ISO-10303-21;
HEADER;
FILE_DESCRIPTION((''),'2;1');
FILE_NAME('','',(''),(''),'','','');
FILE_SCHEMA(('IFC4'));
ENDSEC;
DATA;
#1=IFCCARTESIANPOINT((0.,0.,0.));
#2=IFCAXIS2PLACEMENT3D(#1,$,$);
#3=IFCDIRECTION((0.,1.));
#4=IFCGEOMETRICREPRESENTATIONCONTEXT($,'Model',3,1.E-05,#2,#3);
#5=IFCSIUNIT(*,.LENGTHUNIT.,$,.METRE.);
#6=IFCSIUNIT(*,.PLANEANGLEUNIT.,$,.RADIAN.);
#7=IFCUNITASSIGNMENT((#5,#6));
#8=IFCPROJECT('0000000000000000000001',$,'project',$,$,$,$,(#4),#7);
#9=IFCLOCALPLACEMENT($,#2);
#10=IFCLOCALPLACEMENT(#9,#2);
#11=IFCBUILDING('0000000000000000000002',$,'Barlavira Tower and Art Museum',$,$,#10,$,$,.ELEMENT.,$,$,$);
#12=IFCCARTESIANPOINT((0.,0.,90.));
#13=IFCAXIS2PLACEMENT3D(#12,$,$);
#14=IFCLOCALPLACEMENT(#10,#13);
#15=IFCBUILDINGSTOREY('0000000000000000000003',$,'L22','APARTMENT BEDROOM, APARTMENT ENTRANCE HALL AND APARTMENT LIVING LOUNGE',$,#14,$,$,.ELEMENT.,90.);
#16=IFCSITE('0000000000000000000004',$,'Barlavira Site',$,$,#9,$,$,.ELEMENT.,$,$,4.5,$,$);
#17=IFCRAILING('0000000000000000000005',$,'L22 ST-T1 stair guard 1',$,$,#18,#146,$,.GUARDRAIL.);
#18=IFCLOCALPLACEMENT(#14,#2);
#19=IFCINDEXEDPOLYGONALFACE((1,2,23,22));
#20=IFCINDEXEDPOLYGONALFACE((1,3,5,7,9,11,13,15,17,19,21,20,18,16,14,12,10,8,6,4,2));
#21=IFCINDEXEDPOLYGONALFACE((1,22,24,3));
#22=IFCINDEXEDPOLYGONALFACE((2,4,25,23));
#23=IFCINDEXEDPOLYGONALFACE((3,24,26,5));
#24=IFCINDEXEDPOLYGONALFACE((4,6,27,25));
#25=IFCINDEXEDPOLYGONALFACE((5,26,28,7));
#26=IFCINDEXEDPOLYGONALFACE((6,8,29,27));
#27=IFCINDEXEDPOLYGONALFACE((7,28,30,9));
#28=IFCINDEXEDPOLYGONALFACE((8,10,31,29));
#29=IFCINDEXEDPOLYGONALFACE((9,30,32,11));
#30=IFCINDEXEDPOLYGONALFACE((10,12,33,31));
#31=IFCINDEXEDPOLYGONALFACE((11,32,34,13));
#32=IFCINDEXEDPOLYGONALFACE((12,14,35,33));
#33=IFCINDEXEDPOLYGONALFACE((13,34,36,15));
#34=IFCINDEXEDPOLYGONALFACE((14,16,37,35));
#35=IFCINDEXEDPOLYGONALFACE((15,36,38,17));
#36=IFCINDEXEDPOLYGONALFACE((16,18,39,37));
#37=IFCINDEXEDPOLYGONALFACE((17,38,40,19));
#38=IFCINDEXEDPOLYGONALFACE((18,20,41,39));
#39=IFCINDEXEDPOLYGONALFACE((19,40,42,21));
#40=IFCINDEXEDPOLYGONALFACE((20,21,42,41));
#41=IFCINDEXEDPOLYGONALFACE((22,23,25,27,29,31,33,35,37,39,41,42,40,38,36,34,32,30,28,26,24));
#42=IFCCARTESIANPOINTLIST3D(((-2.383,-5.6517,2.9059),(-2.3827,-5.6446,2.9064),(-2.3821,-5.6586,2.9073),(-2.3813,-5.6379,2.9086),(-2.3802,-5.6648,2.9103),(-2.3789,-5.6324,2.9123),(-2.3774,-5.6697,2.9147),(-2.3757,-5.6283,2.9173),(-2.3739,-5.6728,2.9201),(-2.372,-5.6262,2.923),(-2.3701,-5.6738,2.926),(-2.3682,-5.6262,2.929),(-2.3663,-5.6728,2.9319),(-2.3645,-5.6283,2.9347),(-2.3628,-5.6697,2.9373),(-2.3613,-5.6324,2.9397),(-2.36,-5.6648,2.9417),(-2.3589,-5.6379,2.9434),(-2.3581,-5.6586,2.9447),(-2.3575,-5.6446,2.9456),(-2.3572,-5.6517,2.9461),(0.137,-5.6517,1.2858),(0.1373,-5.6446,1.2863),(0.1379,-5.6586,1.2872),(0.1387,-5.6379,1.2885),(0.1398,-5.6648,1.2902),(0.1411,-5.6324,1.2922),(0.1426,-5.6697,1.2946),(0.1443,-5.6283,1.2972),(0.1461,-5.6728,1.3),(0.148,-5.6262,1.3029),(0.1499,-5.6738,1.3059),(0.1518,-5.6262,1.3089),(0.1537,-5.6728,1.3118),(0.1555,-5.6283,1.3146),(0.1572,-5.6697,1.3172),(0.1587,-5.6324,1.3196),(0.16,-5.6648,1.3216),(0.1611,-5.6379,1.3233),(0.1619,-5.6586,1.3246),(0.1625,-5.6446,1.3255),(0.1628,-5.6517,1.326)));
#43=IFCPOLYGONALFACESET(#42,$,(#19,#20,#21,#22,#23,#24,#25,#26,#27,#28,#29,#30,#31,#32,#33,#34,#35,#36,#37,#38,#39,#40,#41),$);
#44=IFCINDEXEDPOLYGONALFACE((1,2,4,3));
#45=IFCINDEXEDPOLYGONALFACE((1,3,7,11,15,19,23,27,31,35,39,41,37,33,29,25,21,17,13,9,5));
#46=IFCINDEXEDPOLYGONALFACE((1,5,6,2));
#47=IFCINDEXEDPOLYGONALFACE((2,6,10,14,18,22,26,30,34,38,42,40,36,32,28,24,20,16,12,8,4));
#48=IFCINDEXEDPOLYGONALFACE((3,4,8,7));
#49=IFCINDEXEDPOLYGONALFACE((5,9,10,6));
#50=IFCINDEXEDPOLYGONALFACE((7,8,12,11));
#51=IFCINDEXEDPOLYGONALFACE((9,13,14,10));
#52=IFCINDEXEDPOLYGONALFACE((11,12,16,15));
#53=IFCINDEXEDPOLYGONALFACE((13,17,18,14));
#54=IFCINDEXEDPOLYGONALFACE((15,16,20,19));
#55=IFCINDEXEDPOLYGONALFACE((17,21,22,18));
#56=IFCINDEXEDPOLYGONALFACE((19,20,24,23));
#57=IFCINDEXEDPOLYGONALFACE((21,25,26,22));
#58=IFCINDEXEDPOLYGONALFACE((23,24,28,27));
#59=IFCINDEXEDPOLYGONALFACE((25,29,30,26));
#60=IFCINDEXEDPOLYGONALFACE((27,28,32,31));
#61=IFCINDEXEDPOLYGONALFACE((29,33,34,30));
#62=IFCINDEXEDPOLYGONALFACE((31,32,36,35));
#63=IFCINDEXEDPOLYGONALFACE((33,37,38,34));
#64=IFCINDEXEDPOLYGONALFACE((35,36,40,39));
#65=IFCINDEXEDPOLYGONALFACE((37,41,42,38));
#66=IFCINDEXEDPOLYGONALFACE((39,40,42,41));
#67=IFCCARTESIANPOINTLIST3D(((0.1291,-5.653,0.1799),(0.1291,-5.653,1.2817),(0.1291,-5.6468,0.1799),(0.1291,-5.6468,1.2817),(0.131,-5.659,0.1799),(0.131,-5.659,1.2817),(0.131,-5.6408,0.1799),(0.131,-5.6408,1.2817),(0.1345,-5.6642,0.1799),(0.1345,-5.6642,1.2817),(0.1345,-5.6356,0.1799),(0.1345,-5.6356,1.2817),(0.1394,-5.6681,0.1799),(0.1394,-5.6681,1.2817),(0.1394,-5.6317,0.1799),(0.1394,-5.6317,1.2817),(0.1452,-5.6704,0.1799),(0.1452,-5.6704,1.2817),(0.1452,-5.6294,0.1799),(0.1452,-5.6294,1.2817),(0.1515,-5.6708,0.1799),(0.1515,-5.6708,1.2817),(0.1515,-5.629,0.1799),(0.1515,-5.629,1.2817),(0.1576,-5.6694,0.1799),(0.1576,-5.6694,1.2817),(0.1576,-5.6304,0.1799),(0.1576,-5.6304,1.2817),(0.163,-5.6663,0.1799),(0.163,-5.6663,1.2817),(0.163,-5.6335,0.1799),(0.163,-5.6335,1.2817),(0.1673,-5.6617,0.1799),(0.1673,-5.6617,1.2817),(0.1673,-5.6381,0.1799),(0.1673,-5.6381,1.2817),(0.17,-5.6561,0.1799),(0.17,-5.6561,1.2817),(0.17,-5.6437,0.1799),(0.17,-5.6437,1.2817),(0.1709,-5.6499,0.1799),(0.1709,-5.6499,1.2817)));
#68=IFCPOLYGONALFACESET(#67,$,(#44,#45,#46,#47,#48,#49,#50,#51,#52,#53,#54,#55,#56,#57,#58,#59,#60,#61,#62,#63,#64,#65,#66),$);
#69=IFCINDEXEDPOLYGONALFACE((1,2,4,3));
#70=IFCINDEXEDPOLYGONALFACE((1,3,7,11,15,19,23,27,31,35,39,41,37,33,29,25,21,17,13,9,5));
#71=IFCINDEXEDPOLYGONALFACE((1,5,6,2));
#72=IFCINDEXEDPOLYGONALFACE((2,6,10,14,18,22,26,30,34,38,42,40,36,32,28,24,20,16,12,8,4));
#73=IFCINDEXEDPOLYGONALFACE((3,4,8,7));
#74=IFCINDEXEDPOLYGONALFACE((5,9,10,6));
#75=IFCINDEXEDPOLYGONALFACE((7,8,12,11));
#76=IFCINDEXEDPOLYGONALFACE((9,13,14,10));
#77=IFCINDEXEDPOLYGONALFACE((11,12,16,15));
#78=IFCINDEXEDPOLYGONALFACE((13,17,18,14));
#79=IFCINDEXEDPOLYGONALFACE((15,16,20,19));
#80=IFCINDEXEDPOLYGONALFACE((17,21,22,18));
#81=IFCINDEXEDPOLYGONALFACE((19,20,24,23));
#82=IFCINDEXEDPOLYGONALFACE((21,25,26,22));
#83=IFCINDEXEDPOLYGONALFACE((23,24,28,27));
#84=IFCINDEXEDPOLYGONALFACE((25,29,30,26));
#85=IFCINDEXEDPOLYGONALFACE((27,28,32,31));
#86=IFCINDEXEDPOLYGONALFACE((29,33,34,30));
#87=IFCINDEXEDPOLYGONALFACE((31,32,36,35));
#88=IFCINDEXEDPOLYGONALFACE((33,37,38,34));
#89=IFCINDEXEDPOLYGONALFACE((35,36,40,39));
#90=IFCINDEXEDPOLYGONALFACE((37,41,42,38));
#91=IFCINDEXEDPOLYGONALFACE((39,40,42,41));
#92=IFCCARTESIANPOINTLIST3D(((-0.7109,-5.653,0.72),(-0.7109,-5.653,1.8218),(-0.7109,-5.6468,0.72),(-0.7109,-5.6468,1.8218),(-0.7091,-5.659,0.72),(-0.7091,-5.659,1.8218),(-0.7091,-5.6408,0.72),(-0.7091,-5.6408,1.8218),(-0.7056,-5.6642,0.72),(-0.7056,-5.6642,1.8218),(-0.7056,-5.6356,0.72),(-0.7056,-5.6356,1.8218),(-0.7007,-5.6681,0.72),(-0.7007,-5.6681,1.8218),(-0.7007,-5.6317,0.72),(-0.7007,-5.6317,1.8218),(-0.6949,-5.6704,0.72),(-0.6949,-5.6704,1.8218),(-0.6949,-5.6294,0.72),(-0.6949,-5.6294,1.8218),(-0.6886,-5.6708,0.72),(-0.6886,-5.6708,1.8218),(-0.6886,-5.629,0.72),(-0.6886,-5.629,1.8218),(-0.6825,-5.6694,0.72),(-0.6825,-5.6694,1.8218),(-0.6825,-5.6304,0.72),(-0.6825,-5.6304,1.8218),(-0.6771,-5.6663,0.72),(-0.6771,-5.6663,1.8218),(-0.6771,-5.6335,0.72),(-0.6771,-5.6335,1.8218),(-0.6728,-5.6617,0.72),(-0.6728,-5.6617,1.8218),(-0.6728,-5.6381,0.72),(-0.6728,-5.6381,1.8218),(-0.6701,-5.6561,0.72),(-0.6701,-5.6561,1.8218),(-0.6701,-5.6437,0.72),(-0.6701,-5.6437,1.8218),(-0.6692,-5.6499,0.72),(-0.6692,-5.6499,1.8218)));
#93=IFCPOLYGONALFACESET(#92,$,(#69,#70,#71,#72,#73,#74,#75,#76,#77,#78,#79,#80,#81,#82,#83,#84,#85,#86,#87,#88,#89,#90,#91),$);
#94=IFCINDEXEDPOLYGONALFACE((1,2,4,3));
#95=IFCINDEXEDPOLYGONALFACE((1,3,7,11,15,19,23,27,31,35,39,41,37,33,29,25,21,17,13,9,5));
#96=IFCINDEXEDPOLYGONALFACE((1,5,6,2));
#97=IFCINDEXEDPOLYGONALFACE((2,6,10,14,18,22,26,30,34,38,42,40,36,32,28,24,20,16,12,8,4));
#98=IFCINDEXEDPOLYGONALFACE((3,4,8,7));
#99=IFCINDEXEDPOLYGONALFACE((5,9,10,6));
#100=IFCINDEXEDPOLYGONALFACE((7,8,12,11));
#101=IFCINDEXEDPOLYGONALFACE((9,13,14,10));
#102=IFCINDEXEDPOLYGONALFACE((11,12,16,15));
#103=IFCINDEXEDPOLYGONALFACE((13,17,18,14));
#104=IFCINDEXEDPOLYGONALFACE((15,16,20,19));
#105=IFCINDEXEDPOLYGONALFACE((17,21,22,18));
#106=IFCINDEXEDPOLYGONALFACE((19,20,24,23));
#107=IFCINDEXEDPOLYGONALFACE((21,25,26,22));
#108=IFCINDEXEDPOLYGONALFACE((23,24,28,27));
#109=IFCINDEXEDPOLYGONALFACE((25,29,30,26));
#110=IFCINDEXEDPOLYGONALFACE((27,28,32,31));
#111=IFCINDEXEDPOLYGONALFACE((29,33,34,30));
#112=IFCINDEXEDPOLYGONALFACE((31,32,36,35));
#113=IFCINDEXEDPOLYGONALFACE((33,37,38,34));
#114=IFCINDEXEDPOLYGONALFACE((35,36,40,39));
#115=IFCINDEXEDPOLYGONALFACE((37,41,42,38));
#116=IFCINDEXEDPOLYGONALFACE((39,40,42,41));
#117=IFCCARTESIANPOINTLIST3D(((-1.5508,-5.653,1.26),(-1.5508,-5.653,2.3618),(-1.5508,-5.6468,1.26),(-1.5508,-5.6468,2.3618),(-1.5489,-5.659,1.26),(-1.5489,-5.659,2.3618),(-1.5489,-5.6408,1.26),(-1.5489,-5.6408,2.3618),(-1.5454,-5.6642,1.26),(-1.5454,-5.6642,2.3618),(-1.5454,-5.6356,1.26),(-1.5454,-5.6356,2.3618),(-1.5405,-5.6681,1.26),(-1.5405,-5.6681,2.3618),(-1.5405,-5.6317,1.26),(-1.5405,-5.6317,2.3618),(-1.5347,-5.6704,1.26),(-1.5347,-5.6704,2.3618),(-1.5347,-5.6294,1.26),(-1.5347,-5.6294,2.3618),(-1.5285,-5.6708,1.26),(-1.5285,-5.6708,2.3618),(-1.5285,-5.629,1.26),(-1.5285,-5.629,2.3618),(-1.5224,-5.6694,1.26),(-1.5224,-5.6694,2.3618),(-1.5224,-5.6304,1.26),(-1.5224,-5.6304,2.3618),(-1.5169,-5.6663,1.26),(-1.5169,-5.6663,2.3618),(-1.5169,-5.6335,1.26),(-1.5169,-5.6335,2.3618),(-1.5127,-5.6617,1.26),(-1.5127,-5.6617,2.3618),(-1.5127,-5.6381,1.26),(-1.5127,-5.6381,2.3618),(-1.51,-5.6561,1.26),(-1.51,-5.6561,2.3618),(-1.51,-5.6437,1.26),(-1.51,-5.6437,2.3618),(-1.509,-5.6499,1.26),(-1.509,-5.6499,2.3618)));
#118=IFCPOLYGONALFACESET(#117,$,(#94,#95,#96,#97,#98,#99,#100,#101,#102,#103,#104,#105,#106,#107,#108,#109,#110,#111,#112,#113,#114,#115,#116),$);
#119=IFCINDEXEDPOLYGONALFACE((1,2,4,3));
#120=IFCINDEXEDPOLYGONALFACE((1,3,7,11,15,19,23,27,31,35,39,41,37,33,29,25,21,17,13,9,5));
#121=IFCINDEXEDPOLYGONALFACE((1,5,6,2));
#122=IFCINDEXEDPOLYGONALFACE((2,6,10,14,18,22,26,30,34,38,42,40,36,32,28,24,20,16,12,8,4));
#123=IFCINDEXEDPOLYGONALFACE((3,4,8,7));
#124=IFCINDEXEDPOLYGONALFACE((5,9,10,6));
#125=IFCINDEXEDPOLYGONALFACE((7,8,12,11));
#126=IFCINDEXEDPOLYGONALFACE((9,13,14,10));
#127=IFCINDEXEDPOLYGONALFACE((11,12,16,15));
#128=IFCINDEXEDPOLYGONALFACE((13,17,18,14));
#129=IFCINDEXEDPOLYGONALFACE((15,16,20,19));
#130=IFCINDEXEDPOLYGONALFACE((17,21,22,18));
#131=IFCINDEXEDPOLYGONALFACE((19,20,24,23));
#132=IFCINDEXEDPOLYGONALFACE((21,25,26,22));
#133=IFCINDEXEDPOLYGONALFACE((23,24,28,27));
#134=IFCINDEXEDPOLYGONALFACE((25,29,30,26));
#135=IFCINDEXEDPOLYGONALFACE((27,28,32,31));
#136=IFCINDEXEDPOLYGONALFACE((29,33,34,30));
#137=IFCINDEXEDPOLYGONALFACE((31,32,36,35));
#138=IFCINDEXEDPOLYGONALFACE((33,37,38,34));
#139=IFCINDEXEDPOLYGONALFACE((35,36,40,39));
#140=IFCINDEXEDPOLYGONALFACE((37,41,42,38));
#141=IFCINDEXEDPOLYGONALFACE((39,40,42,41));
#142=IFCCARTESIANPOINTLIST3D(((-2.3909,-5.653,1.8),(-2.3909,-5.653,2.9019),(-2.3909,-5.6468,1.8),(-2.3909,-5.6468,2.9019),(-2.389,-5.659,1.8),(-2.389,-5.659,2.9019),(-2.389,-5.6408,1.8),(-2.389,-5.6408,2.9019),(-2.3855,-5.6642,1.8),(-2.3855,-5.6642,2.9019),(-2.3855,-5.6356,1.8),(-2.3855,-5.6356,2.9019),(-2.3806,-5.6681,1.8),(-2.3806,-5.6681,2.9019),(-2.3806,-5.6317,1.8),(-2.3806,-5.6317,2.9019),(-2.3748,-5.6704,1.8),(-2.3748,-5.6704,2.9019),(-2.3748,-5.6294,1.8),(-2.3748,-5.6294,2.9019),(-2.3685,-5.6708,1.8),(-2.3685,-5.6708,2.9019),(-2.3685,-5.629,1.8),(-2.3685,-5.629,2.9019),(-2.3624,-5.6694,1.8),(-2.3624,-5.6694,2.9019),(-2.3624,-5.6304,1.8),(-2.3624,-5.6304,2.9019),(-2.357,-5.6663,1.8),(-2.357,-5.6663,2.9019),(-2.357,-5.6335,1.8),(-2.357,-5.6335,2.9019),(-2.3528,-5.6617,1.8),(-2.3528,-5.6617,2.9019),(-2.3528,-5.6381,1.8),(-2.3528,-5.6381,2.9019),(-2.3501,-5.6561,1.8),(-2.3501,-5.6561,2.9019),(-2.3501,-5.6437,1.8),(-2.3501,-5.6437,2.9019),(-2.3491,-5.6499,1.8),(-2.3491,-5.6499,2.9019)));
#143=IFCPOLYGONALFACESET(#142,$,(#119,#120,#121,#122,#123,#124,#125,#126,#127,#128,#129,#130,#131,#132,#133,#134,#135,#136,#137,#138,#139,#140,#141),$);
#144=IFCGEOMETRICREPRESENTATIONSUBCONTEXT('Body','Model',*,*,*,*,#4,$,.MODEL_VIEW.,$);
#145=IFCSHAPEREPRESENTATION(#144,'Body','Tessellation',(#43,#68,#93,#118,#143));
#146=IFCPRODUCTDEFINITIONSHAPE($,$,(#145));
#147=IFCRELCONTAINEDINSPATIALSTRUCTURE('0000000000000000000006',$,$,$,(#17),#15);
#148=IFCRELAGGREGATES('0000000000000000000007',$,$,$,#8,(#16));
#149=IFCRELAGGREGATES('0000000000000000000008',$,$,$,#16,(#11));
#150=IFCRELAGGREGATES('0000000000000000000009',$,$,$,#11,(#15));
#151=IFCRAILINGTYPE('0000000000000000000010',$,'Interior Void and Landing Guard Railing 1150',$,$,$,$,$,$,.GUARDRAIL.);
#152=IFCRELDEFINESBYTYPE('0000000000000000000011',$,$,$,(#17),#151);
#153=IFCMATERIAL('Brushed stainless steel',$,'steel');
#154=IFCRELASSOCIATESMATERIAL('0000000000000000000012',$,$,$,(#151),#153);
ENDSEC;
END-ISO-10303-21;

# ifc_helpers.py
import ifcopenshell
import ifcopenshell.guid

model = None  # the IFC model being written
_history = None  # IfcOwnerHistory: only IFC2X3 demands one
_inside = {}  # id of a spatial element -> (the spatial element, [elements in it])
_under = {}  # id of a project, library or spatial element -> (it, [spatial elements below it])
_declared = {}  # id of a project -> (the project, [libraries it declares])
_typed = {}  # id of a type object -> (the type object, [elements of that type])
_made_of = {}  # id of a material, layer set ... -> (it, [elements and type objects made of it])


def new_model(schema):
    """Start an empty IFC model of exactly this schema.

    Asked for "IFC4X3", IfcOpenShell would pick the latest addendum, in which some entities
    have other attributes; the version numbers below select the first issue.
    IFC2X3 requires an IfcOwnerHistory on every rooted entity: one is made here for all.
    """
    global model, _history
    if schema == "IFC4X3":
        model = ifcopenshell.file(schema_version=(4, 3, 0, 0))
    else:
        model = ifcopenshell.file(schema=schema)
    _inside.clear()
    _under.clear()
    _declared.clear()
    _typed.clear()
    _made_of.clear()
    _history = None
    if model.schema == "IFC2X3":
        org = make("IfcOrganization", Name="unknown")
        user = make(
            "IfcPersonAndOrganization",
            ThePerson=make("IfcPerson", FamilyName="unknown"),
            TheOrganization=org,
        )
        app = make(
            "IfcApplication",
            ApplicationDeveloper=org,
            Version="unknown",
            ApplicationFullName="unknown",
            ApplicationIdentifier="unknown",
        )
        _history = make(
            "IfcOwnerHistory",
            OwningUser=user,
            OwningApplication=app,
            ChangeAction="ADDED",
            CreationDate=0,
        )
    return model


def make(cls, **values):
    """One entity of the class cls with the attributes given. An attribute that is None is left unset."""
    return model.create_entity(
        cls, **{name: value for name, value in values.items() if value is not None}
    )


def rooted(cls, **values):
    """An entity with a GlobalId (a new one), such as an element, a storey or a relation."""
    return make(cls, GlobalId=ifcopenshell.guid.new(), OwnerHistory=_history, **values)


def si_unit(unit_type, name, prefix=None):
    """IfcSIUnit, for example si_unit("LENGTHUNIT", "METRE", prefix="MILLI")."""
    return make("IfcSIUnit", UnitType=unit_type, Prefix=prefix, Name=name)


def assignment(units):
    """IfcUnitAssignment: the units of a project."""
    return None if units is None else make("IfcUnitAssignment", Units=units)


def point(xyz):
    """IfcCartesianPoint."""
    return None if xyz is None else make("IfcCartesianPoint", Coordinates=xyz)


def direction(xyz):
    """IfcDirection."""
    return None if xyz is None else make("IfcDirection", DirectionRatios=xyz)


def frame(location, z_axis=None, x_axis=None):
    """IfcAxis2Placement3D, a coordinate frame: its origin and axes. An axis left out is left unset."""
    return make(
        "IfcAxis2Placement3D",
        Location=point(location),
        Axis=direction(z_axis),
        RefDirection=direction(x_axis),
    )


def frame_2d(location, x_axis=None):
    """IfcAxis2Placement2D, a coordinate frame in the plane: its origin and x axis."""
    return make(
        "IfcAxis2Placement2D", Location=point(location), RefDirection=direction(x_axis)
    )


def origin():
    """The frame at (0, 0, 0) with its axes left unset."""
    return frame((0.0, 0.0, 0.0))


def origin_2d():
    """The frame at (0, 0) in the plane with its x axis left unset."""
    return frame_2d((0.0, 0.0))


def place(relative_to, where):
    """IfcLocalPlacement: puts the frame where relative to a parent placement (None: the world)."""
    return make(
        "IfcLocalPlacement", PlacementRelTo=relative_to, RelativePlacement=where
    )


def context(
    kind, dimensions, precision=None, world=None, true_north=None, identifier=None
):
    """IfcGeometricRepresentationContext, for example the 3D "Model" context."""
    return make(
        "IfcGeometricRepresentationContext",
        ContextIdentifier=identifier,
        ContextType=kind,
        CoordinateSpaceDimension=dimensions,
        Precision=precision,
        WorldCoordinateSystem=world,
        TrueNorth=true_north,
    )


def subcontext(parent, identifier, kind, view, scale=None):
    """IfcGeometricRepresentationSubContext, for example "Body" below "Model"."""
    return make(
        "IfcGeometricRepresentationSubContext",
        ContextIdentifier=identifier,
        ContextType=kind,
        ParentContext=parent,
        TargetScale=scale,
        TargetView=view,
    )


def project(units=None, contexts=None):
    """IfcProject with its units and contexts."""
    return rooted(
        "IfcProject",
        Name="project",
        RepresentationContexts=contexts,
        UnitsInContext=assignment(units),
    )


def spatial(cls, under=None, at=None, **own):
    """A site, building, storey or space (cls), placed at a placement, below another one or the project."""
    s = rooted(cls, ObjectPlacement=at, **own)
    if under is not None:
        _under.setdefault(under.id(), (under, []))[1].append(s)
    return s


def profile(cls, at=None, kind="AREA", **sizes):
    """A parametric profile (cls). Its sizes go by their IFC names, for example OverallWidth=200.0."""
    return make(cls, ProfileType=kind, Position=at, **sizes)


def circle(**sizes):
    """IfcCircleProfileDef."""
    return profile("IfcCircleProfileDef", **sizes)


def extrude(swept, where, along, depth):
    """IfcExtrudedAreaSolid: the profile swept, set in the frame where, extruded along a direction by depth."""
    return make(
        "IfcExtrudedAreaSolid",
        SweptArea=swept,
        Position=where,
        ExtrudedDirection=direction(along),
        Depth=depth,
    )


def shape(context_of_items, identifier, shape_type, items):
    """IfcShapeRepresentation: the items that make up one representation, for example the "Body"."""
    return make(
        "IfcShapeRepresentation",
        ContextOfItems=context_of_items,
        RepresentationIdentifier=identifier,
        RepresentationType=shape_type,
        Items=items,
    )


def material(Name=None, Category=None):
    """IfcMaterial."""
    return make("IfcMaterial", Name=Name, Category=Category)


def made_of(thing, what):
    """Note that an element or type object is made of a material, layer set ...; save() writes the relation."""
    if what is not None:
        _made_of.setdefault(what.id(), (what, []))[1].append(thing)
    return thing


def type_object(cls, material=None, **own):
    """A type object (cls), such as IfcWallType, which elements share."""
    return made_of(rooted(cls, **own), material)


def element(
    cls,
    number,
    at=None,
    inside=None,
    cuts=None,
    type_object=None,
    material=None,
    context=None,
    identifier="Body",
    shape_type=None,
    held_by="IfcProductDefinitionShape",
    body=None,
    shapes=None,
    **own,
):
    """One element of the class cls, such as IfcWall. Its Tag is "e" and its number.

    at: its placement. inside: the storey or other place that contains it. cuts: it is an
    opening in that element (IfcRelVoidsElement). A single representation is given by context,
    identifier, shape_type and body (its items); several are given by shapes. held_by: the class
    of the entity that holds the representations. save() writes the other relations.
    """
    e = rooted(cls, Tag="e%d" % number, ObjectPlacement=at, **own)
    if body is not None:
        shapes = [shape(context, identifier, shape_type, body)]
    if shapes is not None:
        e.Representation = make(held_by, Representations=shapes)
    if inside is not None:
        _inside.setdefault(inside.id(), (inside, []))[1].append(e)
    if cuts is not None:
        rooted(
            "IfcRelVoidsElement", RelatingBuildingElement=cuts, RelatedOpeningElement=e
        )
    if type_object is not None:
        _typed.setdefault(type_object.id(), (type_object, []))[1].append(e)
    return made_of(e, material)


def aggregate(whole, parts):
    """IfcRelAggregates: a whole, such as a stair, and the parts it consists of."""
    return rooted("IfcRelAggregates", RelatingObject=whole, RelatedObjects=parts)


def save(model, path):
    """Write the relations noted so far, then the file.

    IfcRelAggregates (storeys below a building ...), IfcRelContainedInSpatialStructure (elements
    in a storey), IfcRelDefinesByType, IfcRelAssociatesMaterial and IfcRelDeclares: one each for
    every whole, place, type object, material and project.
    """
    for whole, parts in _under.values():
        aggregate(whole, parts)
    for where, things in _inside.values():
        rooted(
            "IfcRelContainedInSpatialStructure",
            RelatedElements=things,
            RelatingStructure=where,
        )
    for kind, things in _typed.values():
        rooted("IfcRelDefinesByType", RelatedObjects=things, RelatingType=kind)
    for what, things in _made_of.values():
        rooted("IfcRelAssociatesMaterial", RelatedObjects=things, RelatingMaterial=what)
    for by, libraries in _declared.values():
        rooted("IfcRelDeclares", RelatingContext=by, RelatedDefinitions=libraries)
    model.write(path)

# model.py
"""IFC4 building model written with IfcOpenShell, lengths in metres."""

from ifc_helpers import new_model, si_unit, direction, frame, origin, origin_2d, place, context, subcontext, project, spatial, circle, extrude, material, type_object, element, save


model = new_model("IFC4")

# Units and contexts
model_context = context("Model", 3, precision=1e-05, world=origin(), true_north=direction((0.0, 1.0)))
body_context = subcontext(model_context, "Body", "Model", "MODEL_VIEW")
ifc_project = project(units=[si_unit("LENGTHUNIT", "METRE"), si_unit("PLANEANGLEUNIT", "RADIAN")], contexts=[model_context])

# Site, building, storey
site_placement = place(None, origin())
site = spatial("IfcSite", under=ifc_project, at=site_placement, Name="Barlavira Site", CompositionType="ELEMENT", RefElevation=4.5)
building_placement = place(site_placement, origin())
building = spatial("IfcBuilding", under=site, at=building_placement, Name="Barlavira Tower and Art Museum", CompositionType="ELEMENT")
storey_placement = place(building_placement, frame((0.0, 0.0, 90.0)))
storey = spatial("IfcBuildingStorey", under=building, at=storey_placement, Name="L22", Description="APARTMENT BEDROOM, APARTMENT ENTRANCE HALL AND APARTMENT LIVING LOUNGE", CompositionType="ELEMENT", Elevation=90.0)

# Shared definitions
ifc_material_1 = material(Name="Brushed stainless steel", Category="steel")

# Railing
railing_type_1 = type_object("IfcRailingType", Name="Interior Void and Landing Guard Railing 1150", PredefinedType="GUARDRAIL", material=ifc_material_1)
railing_1_placement = place(storey_placement, frame((0.1499, -5.6499, 0.1799)))
element("IfcRailing", 1, at=railing_1_placement, inside=storey, type_object=railing_type_1, Name="L22 ST-T1 stair guard 1", PredefinedType="GUARDRAIL", context=body_context, shape_type="SweptSolid", body=[
    extrude(circle(Radius=0.0239, at=origin_2d()), frame((0.0, 0.0, 1.126), z_axis=(-0.841163, 0.0, 0.540782), x_axis=(0.0, -1.0, 0.0)), (0.0, 0.0, 1.0), 2.9958),
    extrude(circle(Radius=0.021, at=origin_2d()), origin(), (0.0, 0.0, 1.0), 1.1018),
    extrude(circle(Radius=0.021, at=origin_2d()), frame((-0.8401, 0.0, 0.54)), (0.0, 0.0, 1.0), 1.1018),
    extrude(circle(Radius=0.021, at=origin_2d()), frame((-1.6799, 0.0, 1.0801)), (0.0, 0.0, 1.0), 1.1018),
    extrude(circle(Radius=0.021, at=origin_2d()), frame((-2.52, 0.0, 1.6201)), (0.0, 0.0, 1.0), 1.1018),
])

save(model, "model.ifc")
